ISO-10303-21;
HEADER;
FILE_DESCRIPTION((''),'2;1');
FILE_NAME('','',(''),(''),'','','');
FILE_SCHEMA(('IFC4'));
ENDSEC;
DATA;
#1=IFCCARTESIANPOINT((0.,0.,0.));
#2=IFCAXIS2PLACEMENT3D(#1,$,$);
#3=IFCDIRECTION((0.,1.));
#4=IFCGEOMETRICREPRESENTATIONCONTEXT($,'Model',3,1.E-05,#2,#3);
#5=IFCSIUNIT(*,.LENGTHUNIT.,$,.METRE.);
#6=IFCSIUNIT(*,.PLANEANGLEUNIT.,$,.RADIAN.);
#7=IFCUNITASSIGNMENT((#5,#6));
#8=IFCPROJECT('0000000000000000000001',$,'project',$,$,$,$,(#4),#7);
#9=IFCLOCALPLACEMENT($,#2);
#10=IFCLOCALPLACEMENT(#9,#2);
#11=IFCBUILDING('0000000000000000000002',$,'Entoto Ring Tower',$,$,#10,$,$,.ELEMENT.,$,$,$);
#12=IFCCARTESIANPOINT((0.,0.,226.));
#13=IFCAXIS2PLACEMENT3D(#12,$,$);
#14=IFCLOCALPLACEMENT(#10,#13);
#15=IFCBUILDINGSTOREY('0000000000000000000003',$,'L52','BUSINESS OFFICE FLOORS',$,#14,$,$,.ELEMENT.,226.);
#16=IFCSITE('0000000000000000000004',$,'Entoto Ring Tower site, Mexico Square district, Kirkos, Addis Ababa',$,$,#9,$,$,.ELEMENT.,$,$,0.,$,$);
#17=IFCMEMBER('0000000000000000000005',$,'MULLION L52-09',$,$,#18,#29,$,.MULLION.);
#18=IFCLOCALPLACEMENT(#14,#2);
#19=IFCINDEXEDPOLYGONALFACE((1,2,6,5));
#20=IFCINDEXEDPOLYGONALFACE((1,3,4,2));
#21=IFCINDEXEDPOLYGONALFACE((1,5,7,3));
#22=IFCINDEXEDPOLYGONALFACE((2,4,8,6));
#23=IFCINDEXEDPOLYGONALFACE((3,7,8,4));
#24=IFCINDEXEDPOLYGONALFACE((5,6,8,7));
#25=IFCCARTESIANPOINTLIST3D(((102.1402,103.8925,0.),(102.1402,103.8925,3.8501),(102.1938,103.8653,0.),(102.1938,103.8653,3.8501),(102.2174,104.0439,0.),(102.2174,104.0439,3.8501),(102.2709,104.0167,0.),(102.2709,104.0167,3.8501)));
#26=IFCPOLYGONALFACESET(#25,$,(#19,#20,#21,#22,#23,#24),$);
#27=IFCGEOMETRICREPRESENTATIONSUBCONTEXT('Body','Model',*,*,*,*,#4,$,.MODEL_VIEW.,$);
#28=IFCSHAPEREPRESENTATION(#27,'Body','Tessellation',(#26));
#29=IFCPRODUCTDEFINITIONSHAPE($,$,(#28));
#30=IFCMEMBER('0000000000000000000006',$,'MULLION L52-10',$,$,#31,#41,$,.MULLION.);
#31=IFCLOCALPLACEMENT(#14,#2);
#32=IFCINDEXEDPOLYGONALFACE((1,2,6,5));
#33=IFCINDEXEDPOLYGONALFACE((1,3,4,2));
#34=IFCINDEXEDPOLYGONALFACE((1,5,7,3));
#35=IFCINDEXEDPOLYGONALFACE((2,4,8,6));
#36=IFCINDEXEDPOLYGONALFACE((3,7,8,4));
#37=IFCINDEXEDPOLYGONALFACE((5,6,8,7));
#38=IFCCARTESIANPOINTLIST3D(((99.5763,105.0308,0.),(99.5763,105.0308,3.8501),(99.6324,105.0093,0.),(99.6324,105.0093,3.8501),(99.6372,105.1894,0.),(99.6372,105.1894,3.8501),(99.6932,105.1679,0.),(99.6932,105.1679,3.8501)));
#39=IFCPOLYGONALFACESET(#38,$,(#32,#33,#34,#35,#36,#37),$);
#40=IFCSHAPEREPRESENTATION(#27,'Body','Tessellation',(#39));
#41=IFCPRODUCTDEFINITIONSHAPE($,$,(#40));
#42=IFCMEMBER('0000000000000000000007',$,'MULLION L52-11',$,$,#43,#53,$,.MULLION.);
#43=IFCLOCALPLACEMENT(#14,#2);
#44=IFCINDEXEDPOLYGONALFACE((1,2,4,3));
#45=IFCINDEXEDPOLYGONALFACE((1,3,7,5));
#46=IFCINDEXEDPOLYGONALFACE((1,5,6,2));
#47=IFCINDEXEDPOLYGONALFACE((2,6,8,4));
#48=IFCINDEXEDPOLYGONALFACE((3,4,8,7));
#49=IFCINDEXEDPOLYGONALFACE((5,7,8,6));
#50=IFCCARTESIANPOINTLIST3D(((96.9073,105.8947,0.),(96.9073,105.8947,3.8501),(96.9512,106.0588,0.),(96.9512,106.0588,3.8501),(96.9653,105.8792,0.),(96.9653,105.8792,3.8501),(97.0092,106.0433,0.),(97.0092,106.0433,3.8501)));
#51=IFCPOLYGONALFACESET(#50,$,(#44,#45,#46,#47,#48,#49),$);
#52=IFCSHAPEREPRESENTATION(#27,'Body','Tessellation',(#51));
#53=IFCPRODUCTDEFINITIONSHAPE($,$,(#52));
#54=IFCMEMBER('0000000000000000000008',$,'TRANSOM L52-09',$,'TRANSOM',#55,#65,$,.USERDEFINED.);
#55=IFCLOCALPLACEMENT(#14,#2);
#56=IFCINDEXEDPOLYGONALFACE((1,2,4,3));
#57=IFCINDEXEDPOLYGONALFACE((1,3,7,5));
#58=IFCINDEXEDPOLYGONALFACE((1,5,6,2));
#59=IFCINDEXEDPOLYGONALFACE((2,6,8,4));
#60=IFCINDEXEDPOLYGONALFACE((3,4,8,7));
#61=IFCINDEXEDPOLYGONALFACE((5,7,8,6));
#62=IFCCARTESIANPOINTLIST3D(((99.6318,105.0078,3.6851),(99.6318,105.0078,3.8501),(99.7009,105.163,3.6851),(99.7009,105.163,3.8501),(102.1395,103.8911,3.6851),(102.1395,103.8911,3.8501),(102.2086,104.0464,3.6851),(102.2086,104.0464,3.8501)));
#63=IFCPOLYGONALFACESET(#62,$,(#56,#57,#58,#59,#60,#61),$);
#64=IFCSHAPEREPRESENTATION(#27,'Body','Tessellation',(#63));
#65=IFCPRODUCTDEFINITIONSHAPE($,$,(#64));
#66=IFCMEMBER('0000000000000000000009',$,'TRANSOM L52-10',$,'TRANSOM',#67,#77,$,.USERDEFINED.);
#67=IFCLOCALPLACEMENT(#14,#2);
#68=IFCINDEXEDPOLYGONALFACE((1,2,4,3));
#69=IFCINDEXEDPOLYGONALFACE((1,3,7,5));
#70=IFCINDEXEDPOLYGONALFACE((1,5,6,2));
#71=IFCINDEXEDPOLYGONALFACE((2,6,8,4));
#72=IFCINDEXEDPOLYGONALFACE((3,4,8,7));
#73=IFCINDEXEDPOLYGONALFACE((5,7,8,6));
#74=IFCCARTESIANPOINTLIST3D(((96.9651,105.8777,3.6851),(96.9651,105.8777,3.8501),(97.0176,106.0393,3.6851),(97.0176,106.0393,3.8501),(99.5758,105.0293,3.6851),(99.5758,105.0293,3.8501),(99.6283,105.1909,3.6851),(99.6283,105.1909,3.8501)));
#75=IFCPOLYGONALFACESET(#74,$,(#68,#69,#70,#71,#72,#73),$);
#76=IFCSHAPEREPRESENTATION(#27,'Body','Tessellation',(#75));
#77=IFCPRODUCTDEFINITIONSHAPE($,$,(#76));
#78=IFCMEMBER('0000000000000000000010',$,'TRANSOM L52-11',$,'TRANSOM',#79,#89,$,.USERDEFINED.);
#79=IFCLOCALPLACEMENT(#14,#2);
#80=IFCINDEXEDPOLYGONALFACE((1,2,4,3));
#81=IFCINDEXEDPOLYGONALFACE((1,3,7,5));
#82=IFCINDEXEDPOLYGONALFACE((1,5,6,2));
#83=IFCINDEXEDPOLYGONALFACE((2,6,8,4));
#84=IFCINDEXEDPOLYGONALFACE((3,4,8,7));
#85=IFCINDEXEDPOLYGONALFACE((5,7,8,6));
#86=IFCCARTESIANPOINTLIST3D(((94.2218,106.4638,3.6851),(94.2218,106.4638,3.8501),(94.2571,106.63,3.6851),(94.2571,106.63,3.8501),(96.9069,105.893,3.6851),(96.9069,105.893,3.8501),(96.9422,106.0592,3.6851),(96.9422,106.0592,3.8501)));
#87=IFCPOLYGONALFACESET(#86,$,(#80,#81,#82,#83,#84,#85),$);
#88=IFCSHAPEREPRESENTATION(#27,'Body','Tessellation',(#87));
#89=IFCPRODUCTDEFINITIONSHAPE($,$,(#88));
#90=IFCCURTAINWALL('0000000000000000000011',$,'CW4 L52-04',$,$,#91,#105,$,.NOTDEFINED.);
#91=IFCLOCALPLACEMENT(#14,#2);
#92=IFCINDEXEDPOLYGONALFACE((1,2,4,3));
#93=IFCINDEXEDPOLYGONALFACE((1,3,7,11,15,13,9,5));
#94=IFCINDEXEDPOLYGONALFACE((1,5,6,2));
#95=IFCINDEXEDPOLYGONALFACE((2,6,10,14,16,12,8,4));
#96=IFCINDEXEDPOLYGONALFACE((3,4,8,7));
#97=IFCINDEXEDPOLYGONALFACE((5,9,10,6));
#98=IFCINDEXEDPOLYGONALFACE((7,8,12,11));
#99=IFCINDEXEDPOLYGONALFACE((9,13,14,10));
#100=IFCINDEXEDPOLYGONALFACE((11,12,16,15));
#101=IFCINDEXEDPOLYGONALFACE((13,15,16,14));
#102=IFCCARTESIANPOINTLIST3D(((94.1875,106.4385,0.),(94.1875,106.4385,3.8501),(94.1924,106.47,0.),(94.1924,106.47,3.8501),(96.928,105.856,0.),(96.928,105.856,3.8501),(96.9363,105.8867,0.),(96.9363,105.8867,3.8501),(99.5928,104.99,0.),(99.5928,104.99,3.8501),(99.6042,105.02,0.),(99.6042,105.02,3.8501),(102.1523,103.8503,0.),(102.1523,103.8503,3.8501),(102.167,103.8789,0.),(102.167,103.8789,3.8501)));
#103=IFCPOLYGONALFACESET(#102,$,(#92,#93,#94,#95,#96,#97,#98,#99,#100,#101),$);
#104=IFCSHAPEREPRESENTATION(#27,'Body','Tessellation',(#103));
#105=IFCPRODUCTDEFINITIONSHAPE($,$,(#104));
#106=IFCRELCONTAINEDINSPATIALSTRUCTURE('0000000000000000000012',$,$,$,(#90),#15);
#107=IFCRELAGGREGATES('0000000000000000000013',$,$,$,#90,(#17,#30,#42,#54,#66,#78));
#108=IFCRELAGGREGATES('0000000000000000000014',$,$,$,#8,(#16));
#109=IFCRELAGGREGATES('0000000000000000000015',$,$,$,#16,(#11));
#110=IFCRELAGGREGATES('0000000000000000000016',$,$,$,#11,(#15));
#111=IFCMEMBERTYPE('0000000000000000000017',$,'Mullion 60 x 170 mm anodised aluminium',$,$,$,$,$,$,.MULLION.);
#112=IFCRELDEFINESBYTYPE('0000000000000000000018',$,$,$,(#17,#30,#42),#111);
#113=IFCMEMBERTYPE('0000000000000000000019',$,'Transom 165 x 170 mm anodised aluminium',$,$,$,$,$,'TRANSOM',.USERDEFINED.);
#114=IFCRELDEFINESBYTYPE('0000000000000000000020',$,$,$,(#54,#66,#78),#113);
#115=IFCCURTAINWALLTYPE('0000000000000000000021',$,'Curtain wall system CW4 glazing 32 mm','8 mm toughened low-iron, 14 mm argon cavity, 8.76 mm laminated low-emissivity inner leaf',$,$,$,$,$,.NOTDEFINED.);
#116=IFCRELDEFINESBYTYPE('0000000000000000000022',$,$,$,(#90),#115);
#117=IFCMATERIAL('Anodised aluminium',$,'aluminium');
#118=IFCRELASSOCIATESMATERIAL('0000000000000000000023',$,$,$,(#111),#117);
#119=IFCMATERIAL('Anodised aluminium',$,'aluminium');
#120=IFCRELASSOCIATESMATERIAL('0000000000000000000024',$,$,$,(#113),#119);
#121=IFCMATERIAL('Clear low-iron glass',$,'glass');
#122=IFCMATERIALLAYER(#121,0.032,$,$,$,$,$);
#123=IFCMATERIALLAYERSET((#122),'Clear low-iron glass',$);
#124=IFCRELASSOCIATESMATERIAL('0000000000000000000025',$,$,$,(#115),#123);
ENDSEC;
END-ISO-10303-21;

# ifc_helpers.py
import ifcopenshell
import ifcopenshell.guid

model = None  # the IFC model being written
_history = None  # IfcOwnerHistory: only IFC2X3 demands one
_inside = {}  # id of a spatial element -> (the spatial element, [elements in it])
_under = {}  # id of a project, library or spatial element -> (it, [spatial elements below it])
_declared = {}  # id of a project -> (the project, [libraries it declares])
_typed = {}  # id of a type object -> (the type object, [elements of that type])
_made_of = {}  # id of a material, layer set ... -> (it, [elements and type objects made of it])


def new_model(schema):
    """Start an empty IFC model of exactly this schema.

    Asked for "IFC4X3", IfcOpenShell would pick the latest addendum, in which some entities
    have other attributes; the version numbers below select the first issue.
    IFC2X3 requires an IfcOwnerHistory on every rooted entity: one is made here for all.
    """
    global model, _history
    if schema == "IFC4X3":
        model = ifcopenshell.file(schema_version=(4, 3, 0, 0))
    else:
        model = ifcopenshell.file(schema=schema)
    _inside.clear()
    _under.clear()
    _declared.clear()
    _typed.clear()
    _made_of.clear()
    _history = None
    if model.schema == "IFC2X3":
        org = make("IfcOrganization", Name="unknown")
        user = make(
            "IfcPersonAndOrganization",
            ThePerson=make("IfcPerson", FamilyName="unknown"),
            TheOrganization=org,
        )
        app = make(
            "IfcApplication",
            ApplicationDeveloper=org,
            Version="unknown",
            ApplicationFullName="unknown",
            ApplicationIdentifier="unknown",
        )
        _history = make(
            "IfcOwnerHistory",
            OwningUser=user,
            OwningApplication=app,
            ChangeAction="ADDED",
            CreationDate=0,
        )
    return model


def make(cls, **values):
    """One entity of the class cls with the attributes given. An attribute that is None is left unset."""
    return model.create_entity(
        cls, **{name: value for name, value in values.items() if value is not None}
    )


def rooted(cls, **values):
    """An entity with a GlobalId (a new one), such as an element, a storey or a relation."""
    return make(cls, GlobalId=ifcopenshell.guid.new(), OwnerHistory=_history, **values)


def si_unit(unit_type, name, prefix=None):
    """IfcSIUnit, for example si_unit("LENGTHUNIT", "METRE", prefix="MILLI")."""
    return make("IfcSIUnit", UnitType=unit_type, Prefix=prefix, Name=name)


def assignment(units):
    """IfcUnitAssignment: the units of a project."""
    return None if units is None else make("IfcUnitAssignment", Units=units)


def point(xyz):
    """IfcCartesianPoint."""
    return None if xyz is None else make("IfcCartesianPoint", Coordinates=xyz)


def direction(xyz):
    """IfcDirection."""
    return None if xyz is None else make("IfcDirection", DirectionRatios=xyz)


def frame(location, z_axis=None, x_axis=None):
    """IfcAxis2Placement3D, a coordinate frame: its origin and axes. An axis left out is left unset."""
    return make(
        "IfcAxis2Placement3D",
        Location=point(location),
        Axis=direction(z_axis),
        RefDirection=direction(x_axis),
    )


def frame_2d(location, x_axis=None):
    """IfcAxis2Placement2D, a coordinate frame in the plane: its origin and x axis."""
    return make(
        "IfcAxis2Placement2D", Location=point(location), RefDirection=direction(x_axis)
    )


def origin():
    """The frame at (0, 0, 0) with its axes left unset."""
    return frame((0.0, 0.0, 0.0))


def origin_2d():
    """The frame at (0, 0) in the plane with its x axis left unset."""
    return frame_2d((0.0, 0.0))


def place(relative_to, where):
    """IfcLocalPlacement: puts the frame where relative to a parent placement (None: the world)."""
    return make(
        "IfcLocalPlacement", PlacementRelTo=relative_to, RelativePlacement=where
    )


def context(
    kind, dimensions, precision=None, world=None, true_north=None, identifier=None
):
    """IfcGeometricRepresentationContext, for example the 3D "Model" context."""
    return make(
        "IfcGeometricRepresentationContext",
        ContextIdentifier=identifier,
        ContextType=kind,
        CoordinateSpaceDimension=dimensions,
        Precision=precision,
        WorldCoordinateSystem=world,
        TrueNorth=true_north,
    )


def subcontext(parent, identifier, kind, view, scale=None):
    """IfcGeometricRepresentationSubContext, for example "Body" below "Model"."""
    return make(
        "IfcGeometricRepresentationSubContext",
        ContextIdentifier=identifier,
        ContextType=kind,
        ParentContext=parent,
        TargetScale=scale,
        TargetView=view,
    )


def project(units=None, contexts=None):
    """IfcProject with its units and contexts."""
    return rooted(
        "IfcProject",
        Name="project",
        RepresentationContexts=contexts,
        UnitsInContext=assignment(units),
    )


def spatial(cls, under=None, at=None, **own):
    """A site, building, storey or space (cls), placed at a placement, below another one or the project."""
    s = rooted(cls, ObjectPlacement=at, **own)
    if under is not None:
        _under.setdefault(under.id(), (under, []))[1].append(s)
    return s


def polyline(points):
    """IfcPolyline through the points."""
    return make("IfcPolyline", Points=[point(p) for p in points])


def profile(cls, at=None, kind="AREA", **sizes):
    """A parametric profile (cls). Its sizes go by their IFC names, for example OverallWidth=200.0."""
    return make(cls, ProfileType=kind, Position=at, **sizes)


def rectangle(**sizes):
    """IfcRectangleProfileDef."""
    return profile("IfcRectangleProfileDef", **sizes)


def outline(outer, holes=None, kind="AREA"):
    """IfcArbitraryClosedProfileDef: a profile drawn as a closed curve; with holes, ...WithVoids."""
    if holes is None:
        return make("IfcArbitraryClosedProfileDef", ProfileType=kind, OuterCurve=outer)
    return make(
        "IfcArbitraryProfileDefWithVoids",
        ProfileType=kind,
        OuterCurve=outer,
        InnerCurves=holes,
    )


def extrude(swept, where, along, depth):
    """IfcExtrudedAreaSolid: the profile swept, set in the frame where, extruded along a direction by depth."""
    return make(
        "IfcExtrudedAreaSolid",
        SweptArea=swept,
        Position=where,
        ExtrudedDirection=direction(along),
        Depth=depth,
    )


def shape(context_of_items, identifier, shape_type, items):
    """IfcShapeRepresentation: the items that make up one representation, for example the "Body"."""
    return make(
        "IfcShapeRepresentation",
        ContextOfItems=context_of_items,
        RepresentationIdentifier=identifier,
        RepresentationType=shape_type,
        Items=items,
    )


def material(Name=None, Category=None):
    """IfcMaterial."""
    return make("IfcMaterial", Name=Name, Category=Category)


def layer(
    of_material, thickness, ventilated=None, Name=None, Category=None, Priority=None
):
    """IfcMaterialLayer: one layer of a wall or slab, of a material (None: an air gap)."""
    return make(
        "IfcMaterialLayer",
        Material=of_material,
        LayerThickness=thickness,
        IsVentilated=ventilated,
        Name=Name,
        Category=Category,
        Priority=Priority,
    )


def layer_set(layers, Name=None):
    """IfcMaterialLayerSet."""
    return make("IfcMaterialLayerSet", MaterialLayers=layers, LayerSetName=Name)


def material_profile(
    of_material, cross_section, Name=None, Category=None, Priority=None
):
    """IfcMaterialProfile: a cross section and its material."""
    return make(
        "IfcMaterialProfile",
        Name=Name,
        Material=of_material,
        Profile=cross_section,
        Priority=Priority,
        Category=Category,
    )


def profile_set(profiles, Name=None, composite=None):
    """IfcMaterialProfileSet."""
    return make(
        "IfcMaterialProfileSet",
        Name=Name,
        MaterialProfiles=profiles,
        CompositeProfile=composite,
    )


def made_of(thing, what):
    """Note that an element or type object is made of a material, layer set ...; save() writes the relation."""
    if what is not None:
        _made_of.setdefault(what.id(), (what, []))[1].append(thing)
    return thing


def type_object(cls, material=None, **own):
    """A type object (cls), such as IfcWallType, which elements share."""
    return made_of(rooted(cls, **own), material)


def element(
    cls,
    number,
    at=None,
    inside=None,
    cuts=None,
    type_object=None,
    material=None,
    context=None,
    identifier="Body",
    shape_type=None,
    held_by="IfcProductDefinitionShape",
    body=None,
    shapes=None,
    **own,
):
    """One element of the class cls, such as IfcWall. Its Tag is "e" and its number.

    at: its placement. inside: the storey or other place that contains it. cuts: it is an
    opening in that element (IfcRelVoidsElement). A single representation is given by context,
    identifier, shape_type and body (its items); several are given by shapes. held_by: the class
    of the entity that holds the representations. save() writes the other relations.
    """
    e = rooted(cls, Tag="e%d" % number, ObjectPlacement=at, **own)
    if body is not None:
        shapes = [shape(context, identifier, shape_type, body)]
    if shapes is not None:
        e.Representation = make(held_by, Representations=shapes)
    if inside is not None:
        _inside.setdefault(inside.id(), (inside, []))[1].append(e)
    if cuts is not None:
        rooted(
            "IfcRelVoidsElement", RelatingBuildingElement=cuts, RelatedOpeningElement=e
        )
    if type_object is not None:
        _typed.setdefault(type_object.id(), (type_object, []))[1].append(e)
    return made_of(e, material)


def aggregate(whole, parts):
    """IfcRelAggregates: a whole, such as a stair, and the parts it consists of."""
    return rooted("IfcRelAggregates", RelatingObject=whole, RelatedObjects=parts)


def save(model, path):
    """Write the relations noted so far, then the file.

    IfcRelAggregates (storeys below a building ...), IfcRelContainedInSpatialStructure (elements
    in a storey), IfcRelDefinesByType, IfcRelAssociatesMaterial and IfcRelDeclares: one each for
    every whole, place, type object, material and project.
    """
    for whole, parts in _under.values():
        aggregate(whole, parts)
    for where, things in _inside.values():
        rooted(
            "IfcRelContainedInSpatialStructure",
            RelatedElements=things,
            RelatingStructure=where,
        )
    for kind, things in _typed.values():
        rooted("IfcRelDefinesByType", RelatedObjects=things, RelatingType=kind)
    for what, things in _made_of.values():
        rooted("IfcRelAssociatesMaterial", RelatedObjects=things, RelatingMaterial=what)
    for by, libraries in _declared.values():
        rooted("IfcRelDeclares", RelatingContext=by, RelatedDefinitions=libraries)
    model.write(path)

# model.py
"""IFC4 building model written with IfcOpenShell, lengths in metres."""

from ifc_helpers import new_model, si_unit, direction, frame, origin, origin_2d, place, context, subcontext, project, spatial, polyline, rectangle, outline, extrude, material, layer, layer_set, material_profile, profile_set, type_object, element, aggregate, save


model = new_model("IFC4")

# Units and contexts
model_context = context("Model", 3, precision=1e-05, world=origin(), true_north=direction((0.0, 1.0)))
body_context = subcontext(model_context, "Body", "Model", "MODEL_VIEW")
ifc_project = project(units=[si_unit("LENGTHUNIT", "METRE"), si_unit("PLANEANGLEUNIT", "RADIAN")], contexts=[model_context])

# Members
ifc_material_1 = material(Name="Anodised aluminium", Category="aluminium")
ifc_material_profile_1 = material_profile(ifc_material_1, rectangle(XDim=0.0601, YDim=0.1699, at=origin_2d()), Name="Mullion 60 x 170 mm anodised aluminium")
ifc_profile_set_1 = profile_set([ifc_material_profile_1], Name="Anodised aluminium")
member_type_1 = type_object("IfcMemberType", Name="Mullion 60 x 170 mm anodised aluminium", PredefinedType="MULLION", material=ifc_profile_set_1)
site_placement = place(None, origin())
building_placement = place(site_placement, origin())
storey_placement = place(building_placement, frame((0.0, 0.0, 226.0)))
member_1_placement = place(storey_placement, frame((102.2056, 103.9546, 0.0), z_axis=(0.0, 0.0, 1.0), x_axis=(-0.891007, 0.45399, 0.0)))
member_1 = element("IfcMember", 1, at=member_1_placement, type_object=member_type_1, Name="MULLION L52-09", PredefinedType="MULLION", context=body_context, shape_type="SweptSolid", body=[
    extrude(rectangle(XDim=0.0601, YDim=0.1699, at=origin_2d()), origin(), (0.0, 0.0, 1.0), 3.8501),
])
member_2_placement = place(storey_placement, frame((99.6348, 105.0994, 0.0), z_axis=(0.0, 0.0, 1.0), x_axis=(-0.93358, 0.358368, 0.0)))
member_2 = element("IfcMember", 2, at=member_2_placement, type_object=member_type_1, Name="MULLION L52-10", PredefinedType="MULLION", context=body_context, shape_type="SweptSolid", body=[
    extrude(rectangle(XDim=0.0601, YDim=0.1699, at=origin_2d()), origin(), (0.0, 0.0, 1.0), 3.8501),
])
member_3_placement = place(storey_placement, frame((96.9583, 105.969, 0.0), z_axis=(0.0, 0.0, 1.0), x_axis=(-0.965926, 0.258819, 0.0)))
member_3 = element("IfcMember", 3, at=member_3_placement, type_object=member_type_1, Name="MULLION L52-11", PredefinedType="MULLION", context=body_context, shape_type="SweptSolid", body=[
    extrude(rectangle(XDim=0.0601, YDim=0.1699, at=origin_2d()), origin(), (0.0, 0.0, 1.0), 3.8501),
])
ifc_material_2 = material(Name="Anodised aluminium", Category="aluminium")
ifc_material_profile_2 = material_profile(ifc_material_2, rectangle(XDim=0.1699, YDim=0.165, at=origin_2d()), Name="Transom 165 x 170 mm anodised aluminium")
ifc_profile_set_2 = profile_set([ifc_material_profile_2], Name="Anodised aluminium")
member_type_2 = type_object("IfcMemberType", Name="Transom 165 x 170 mm anodised aluminium", ElementType="TRANSOM", PredefinedType="USERDEFINED", material=ifc_profile_set_2)
member_4_placement = place(storey_placement, frame((102.1741, 103.9688, 3.7676), z_axis=(-0.913525, 0.406782, 0.0), x_axis=(-0.406782, -0.913525, 0.0)))
member_4 = element("IfcMember", 4, at=member_4_placement, type_object=member_type_2, Name="TRANSOM L52-09", ObjectType="TRANSOM", PredefinedType="USERDEFINED", context=body_context, shape_type="SweptSolid", body=[
    extrude(rectangle(XDim=0.1699, YDim=0.165, at=origin_2d()), origin(), (0.0, 0.0, 1.0), 2.7451),
])
member_5_placement = place(storey_placement, frame((99.6021, 105.1101, 3.7676), z_axis=(-0.951048, 0.309042, 0.0), x_axis=(-0.309042, -0.951048, 0.0)))
member_5 = element("IfcMember", 5, at=member_5_placement, type_object=member_type_2, Name="TRANSOM L52-10", ObjectType="TRANSOM", PredefinedType="USERDEFINED", context=body_context, shape_type="SweptSolid", body=[
    extrude(rectangle(XDim=0.1699, YDim=0.165, at=origin_2d()), origin(), (0.0, 0.0, 1.0), 2.7451),
])
member_6_placement = place(storey_placement, frame((96.9246, 105.9761, 3.7676), z_axis=(-0.978142, 0.207937, 0.0), x_axis=(-0.207937, -0.978142, 0.0)))
member_6 = element("IfcMember", 6, at=member_6_placement, type_object=member_type_2, Name="TRANSOM L52-11", ObjectType="TRANSOM", PredefinedType="USERDEFINED", context=body_context, shape_type="SweptSolid", body=[
    extrude(rectangle(XDim=0.1699, YDim=0.165, at=origin_2d()), origin(), (0.0, 0.0, 1.0), 2.7451),
])

# Site, building, storey
site = spatial("IfcSite", under=ifc_project, at=site_placement, Name="Entoto Ring Tower site, Mexico Square district, Kirkos, Addis Ababa", CompositionType="ELEMENT", RefElevation=0.0)
building = spatial("IfcBuilding", under=site, at=building_placement, Name="Entoto Ring Tower", CompositionType="ELEMENT")
storey = spatial("IfcBuildingStorey", under=building, at=storey_placement, Name="L52", Description="BUSINESS OFFICE FLOORS", CompositionType="ELEMENT", Elevation=226.0)

# Curtain wall
ifc_material_3 = material(Name="Clear low-iron glass", Category="glass")
ifc_layer = layer(ifc_material_3, 0.032)
ifc_layer_set = layer_set([ifc_layer], Name="Clear low-iron glass")
curtain_wall_type = type_object("IfcCurtainWallType", Name="Curtain wall system CW4 glazing 32 mm", Description="8 mm toughened low-iron, 14 mm argon cavity, 8.76 mm laminated low-emissivity inner leaf", PredefinedType="NOTDEFINED", material=ifc_layer_set)
curtain_wall_1_placement = place(storey_placement, origin())
curtain_wall_1 = element("IfcCurtainWall", 7, at=curtain_wall_1_placement, inside=storey, type_object=curtain_wall_type, Name="CW4 L52-04", PredefinedType="NOTDEFINED", context=body_context, shape_type="SweptSolid", body=[
    extrude(outline(polyline([(102.167, 103.8789), (99.6042, 105.02), (96.9363, 105.8867), (94.1924, 106.47), (94.1875, 106.4385), (96.928, 105.856), (99.5928, 104.99), (102.1523, 103.8503), (102.167, 103.8789)])), origin(), (0.0, 0.0, 1.0), 3.8501),
])
aggregate(curtain_wall_1, [member_1, member_2, member_3, member_4, member_5, member_6])

save(model, "model.ifc")
